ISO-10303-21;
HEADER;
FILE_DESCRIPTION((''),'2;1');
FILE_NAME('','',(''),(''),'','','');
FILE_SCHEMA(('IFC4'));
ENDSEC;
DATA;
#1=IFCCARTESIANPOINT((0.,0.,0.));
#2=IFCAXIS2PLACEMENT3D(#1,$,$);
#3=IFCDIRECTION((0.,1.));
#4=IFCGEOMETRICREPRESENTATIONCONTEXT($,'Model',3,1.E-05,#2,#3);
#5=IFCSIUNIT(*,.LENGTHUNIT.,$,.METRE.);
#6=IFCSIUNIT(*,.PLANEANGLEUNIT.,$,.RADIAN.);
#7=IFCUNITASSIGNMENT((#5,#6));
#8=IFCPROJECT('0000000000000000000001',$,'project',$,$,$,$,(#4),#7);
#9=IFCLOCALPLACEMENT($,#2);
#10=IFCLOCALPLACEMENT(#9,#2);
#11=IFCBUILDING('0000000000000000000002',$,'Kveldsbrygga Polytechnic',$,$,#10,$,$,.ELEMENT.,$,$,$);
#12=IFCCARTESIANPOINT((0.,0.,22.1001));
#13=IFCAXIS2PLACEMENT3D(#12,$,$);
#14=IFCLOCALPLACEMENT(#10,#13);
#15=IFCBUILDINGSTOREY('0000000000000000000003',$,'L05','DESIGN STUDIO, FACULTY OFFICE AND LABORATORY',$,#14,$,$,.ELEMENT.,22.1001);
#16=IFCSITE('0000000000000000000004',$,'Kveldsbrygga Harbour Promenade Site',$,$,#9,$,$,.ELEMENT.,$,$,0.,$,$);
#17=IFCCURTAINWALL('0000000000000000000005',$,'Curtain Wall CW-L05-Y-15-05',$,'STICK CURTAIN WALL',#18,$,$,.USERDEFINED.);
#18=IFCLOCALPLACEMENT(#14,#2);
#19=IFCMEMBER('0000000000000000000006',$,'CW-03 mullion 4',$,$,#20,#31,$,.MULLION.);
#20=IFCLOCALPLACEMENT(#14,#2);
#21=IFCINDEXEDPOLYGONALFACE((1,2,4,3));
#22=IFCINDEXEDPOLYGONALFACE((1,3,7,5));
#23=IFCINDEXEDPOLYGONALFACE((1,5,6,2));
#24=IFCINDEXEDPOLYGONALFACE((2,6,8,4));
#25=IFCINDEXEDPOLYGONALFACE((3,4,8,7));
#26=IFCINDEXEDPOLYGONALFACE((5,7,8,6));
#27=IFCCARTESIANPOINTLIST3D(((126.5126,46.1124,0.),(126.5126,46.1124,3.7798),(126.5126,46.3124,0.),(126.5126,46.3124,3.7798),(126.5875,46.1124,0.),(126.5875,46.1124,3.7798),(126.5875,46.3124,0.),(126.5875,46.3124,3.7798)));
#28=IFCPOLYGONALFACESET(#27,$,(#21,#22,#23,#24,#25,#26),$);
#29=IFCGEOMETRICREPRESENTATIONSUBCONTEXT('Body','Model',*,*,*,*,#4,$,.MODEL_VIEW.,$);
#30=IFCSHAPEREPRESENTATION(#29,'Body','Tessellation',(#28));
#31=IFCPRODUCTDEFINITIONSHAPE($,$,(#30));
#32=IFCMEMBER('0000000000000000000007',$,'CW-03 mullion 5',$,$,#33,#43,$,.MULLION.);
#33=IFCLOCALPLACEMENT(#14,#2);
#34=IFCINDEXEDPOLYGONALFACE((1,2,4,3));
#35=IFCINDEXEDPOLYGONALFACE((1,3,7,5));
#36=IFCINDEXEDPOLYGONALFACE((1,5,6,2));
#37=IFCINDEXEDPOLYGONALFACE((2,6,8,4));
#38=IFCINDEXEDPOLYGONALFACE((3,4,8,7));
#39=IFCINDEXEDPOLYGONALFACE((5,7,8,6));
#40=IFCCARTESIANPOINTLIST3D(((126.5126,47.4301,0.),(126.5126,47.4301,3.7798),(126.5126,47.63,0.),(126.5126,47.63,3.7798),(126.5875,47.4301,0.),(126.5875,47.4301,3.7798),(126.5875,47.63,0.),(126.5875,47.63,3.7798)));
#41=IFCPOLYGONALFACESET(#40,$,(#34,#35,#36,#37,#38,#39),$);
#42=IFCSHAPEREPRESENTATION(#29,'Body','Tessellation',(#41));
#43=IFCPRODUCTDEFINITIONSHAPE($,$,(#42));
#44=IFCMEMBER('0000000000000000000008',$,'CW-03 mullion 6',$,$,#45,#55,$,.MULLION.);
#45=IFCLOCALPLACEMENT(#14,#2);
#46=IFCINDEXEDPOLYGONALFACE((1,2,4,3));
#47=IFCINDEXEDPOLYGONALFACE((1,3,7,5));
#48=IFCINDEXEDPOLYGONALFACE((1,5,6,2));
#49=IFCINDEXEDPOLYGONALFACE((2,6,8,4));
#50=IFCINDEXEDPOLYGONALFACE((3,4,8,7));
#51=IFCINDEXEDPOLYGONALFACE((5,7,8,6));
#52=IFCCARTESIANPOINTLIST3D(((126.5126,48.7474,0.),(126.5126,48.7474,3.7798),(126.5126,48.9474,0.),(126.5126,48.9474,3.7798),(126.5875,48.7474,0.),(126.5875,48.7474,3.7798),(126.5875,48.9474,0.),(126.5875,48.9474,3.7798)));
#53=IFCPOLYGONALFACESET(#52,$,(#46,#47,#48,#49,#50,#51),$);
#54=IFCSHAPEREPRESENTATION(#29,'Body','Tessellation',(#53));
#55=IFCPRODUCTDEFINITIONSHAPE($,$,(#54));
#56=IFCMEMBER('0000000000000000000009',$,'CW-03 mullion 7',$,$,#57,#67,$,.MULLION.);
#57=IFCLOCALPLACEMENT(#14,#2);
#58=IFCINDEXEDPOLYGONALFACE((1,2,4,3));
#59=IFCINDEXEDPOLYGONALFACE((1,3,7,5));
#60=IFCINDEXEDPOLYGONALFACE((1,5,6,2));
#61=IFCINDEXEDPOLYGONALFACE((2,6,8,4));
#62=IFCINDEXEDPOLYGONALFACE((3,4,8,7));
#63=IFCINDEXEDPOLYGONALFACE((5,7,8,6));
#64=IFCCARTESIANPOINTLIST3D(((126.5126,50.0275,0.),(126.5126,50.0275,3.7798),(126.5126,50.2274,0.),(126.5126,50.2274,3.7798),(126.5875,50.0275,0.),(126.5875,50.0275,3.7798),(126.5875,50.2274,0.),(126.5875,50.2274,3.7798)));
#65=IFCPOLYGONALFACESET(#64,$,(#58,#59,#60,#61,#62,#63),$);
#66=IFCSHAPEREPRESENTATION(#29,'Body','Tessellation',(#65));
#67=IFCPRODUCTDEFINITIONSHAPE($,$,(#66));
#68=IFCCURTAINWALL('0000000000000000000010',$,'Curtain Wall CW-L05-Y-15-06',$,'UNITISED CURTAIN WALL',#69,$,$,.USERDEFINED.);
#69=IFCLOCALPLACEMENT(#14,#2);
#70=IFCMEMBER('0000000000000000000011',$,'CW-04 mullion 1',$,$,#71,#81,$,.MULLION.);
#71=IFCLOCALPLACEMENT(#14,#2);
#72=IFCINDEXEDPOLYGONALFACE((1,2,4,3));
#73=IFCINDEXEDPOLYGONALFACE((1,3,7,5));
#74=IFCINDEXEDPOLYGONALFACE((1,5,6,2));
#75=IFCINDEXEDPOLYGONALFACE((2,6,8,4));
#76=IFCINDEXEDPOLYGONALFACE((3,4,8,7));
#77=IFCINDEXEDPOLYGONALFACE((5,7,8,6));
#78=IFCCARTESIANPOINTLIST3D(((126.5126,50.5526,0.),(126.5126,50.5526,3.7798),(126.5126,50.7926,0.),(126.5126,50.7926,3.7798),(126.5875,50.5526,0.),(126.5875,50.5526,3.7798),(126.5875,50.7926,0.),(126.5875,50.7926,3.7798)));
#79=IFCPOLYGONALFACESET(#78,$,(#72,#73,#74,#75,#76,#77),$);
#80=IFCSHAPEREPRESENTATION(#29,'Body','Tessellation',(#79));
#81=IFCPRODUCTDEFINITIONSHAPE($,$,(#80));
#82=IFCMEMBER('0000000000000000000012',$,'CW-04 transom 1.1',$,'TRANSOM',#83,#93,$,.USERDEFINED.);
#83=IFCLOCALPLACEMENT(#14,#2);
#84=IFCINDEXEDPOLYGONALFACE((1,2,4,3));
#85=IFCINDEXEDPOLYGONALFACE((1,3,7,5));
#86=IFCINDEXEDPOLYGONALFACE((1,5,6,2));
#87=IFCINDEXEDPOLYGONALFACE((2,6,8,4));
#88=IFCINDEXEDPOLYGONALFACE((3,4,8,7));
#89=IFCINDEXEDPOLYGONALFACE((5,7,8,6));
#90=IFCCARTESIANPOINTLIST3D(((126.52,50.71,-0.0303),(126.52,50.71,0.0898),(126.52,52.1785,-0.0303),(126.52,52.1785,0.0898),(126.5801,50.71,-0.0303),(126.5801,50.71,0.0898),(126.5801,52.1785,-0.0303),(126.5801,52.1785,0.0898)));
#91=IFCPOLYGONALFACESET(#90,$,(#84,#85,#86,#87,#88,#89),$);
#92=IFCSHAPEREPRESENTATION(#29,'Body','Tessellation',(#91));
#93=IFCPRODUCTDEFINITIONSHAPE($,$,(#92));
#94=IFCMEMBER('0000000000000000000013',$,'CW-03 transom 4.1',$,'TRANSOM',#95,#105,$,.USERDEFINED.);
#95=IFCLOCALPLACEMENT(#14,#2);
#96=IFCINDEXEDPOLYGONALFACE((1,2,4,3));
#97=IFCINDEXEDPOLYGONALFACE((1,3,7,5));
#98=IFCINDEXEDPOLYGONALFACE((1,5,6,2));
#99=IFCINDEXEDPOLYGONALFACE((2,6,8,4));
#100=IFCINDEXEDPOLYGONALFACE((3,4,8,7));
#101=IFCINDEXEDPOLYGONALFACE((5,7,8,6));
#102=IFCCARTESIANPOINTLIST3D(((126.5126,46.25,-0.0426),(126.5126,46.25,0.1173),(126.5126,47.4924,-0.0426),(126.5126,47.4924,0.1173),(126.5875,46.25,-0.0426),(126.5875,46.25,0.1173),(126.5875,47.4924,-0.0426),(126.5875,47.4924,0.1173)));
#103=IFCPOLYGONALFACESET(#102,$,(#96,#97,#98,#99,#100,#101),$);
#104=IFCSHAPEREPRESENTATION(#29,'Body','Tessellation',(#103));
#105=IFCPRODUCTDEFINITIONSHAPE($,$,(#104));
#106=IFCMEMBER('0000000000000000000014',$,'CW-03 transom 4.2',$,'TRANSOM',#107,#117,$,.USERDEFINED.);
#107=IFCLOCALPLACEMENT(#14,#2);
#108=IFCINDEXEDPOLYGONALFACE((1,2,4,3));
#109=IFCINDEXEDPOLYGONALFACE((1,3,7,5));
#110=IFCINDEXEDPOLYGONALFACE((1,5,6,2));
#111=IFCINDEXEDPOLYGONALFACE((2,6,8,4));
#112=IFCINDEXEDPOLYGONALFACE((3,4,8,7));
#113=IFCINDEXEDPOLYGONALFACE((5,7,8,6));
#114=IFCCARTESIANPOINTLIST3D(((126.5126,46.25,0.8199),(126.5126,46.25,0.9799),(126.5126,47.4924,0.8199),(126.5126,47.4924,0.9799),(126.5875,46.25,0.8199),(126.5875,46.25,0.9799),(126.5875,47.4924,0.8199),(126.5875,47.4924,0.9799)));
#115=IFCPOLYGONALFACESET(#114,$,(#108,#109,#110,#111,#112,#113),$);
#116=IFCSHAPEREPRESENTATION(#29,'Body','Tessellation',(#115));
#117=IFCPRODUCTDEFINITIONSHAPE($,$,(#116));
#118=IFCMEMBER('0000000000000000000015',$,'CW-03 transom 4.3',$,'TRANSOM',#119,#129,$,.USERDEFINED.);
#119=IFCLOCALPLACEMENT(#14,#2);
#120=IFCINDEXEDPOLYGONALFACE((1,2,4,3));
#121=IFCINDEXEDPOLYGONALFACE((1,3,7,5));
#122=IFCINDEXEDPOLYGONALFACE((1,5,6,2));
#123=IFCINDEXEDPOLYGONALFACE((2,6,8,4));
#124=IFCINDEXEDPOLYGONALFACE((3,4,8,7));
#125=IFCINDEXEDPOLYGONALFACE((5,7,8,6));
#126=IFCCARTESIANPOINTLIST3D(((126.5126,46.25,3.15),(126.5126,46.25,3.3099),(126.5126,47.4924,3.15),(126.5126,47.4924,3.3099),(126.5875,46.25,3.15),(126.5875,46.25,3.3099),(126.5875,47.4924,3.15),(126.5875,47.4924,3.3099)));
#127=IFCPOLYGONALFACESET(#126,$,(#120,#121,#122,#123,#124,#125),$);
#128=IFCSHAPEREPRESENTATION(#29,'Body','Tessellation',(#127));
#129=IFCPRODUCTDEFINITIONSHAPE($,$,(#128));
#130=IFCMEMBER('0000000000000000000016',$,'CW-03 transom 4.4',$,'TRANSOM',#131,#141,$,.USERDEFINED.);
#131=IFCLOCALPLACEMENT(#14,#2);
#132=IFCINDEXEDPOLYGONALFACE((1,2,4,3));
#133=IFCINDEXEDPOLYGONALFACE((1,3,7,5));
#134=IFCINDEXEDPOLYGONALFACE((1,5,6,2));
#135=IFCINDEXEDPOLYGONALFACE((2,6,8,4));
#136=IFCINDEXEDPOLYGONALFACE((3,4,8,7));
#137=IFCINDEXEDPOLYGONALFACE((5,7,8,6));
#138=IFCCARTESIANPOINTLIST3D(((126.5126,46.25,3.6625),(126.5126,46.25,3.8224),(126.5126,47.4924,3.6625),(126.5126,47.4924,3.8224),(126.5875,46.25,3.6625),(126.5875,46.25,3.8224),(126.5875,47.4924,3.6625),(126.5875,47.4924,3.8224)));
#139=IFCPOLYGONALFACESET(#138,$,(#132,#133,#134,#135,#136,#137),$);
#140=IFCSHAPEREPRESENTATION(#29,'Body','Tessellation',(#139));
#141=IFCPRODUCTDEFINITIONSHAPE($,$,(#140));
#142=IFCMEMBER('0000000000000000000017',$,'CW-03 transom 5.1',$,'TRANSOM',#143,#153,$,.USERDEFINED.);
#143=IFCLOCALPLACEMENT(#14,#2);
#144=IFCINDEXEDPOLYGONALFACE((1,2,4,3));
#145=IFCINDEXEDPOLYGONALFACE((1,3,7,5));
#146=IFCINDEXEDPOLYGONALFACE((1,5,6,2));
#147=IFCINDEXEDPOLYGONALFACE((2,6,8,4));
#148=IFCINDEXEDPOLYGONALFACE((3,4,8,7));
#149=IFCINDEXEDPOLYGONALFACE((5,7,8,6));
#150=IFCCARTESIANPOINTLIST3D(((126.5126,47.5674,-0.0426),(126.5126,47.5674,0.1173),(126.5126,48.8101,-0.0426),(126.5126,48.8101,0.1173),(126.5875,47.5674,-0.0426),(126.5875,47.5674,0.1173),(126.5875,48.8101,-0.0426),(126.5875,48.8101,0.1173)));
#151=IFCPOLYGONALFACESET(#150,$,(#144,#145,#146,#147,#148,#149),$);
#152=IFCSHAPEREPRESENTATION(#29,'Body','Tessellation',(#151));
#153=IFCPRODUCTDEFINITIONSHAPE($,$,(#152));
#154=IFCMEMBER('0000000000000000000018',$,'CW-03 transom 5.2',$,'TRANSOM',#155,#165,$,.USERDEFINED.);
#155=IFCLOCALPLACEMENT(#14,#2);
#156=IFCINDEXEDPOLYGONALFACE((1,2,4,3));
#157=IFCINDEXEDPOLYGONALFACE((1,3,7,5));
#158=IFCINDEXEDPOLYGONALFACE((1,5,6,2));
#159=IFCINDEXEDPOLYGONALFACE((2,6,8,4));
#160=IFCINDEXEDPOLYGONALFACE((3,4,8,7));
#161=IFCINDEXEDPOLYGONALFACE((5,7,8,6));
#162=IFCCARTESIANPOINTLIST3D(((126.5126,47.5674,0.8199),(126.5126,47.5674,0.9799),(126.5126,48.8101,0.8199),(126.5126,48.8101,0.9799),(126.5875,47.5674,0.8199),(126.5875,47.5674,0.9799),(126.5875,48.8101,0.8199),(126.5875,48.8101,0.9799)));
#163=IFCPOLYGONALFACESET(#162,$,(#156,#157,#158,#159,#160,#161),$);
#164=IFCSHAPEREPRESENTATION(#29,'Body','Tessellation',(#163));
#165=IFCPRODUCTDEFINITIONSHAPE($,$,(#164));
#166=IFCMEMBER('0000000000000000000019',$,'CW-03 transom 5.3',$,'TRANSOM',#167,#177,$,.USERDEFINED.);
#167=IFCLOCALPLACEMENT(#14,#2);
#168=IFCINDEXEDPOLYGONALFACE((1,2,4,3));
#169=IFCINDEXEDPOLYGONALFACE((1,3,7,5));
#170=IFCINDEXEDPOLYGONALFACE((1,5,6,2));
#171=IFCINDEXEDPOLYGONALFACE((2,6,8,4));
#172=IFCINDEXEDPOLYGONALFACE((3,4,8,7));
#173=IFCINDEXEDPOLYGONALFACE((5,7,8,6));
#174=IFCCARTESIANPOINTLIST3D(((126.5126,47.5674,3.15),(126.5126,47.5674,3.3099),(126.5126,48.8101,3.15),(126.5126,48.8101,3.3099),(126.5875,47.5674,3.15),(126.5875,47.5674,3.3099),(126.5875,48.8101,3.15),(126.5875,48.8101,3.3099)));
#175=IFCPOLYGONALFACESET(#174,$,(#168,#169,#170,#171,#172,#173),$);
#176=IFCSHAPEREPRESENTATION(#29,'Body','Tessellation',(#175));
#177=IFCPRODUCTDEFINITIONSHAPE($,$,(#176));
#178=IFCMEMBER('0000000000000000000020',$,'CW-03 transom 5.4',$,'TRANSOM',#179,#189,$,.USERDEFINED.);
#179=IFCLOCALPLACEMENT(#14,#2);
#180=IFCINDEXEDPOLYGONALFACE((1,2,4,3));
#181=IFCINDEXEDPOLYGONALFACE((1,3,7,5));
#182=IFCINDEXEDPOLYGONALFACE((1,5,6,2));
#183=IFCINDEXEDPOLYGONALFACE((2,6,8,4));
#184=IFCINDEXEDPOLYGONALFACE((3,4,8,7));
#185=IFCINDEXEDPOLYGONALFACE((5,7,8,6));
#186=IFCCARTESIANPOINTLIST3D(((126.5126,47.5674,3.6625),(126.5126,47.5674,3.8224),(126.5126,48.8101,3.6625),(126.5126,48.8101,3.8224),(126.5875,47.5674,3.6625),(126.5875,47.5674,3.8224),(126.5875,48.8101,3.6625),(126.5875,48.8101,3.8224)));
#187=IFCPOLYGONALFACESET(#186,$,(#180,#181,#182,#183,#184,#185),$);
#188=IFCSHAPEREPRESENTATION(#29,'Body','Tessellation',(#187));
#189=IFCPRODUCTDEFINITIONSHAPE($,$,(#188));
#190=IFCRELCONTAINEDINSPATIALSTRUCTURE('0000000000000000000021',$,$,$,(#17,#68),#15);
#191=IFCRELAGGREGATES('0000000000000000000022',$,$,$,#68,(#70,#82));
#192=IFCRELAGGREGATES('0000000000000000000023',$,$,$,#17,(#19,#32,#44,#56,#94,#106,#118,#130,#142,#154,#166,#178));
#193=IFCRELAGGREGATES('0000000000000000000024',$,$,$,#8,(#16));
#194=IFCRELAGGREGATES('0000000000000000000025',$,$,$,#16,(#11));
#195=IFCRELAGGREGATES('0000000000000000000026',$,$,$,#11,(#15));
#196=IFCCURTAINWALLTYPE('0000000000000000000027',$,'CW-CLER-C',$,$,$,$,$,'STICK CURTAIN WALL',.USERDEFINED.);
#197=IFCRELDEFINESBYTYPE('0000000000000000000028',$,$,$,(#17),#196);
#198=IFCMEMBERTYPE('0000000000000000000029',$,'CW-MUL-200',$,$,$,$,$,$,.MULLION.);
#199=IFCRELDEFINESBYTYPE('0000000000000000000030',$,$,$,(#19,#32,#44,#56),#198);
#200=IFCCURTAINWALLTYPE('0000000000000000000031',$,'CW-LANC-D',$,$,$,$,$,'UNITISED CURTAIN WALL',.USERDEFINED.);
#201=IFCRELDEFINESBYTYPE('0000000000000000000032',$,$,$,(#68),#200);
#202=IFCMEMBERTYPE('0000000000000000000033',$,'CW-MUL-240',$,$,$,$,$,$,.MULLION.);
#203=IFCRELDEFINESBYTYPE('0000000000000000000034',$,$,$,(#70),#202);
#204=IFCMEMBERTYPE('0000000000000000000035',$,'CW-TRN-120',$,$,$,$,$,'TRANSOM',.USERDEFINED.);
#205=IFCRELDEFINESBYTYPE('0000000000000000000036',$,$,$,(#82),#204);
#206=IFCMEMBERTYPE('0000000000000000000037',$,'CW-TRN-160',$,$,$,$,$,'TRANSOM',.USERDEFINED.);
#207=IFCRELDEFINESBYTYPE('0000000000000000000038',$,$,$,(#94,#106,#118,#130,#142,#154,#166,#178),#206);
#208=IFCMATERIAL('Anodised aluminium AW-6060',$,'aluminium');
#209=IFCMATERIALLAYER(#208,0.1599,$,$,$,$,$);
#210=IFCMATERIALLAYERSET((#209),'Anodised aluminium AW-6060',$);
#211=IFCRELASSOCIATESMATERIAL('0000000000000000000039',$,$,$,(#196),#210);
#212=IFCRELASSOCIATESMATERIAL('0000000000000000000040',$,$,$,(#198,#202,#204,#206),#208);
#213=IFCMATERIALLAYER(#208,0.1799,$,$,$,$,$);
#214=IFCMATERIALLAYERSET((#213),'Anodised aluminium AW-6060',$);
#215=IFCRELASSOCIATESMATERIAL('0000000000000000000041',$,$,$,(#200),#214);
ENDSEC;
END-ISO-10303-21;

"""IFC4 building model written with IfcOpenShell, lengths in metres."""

from ifc_helpers import new_model, si_unit, direction, frame, origin, origin_2d, place, context, subcontext, project, spatial, rectangle, extrude, material, layer, layer_set, material_profile, profile_set, type_object, element, aggregate, save


model = new_model("IFC4")

# Units and contexts
model_context = context("Model", 3, precision=1e-05, world=origin(), true_north=direction((0.0, 1.0)))
body_context = subcontext(model_context, "Body", "Model", "MODEL_VIEW")
ifc_project = project(units=[si_unit("LENGTHUNIT", "METRE"), si_unit("PLANEANGLEUNIT", "RADIAN")], contexts=[model_context])

# Site, building, storey
site_placement = place(None, origin())
site = spatial("IfcSite", under=ifc_project, at=site_placement, Name="Kveldsbrygga Harbour Promenade Site", CompositionType="ELEMENT", RefElevation=0.0)
building_placement = place(site_placement, origin())
building = spatial("IfcBuilding", under=site, at=building_placement, Name="Kveldsbrygga Polytechnic", CompositionType="ELEMENT")
storey_placement = place(building_placement, frame((0.0, 0.0, 22.1001)))
storey = spatial("IfcBuildingStorey", under=building, at=storey_placement, Name="L05", Description="DESIGN STUDIO, FACULTY OFFICE AND LABORATORY", CompositionType="ELEMENT", Elevation=22.1001)

# Curtain walls, members
ifc_material_1 = material(Name="Anodised aluminium AW-6060", Category="aluminium")
ifc_layer_1 = layer(ifc_material_1, 0.1599)
ifc_layer_set_1 = layer_set([ifc_layer_1], Name="Anodised aluminium AW-6060")
curtain_wall_type_1 = type_object("IfcCurtainWallType", Name="CW-CLER-C", ElementType="STICK CURTAIN WALL", PredefinedType="USERDEFINED", material=ifc_layer_set_1)
curtain_wall_1_placement = place(storey_placement, origin())
curtain_wall_1 = element("IfcCurtainWall", 1, at=curtain_wall_1_placement, inside=storey, type_object=curtain_wall_type_1, Name="Curtain Wall CW-L05-Y-15-05", ObjectType="STICK CURTAIN WALL", PredefinedType="USERDEFINED")
ifc_material_profile_1 = material_profile(ifc_material_1, rectangle(XDim=0.075, YDim=0.2, at=origin_2d()), Name="ALU 75x200")
ifc_profile_set_1 = profile_set([ifc_material_profile_1], Name="Anodised aluminium AW-6060")
member_type_1 = type_object("IfcMemberType", Name="CW-MUL-200", PredefinedType="MULLION", material=ifc_profile_set_1)
member_1_placement = place(storey_placement, frame((126.55, 46.2124, 0.0), z_axis=(0.0, 0.0, 1.0), x_axis=(-1.0, 0.0, 0.0)))
member_1 = element("IfcMember", 2, at=member_1_placement, type_object=member_type_1, Name="CW-03 mullion 4", PredefinedType="MULLION", context=body_context, shape_type="SweptSolid", body=[
    extrude(rectangle(XDim=0.075, YDim=0.2, at=origin_2d()), origin(), (0.0, 0.0, 1.0), 3.7798),
])
member_2_placement = place(storey_placement, frame((126.55, 47.53, 0.0), z_axis=(0.0, 0.0, 1.0), x_axis=(-1.0, 0.0, 0.0)))
member_2 = element("IfcMember", 3, at=member_2_placement, type_object=member_type_1, Name="CW-03 mullion 5", PredefinedType="MULLION", context=body_context, shape_type="SweptSolid", body=[
    extrude(rectangle(XDim=0.075, YDim=0.2, at=origin_2d()), origin(), (0.0, 0.0, 1.0), 3.7798),
])
member_3_placement = place(storey_placement, frame((126.55, 48.8474, 0.0), z_axis=(0.0, 0.0, 1.0), x_axis=(-1.0, 0.0, 0.0)))
member_3 = element("IfcMember", 4, at=member_3_placement, type_object=member_type_1, Name="CW-03 mullion 6", PredefinedType="MULLION", context=body_context, shape_type="SweptSolid", body=[
    extrude(rectangle(XDim=0.075, YDim=0.2, at=origin_2d()), origin(), (0.0, 0.0, 1.0), 3.7798),
])
member_4_placement = place(storey_placement, frame((126.55, 50.1274, 0.0), z_axis=(0.0, 0.0, 1.0), x_axis=(-1.0, 0.0, 0.0)))
member_4 = element("IfcMember", 5, at=member_4_placement, type_object=member_type_1, Name="CW-03 mullion 7", PredefinedType="MULLION", context=body_context, shape_type="SweptSolid", body=[
    extrude(rectangle(XDim=0.075, YDim=0.2, at=origin_2d()), origin(), (0.0, 0.0, 1.0), 3.7798),
])
ifc_layer_2 = layer(ifc_material_1, 0.1799)
ifc_layer_set_2 = layer_set([ifc_layer_2], Name="Anodised aluminium AW-6060")
curtain_wall_type_2 = type_object("IfcCurtainWallType", Name="CW-LANC-D", ElementType="UNITISED CURTAIN WALL", PredefinedType="USERDEFINED", material=ifc_layer_set_2)
curtain_wall_2_placement = place(storey_placement, origin())
curtain_wall_2 = element("IfcCurtainWall", 6, at=curtain_wall_2_placement, inside=storey, type_object=curtain_wall_type_2, Name="Curtain Wall CW-L05-Y-15-06", ObjectType="UNITISED CURTAIN WALL", PredefinedType="USERDEFINED")
ifc_material_profile_2 = material_profile(ifc_material_1, rectangle(XDim=0.075, YDim=0.24, at=origin_2d()), Name="ALU 75x240")
ifc_profile_set_2 = profile_set([ifc_material_profile_2], Name="Anodised aluminium AW-6060")
member_type_2 = type_object("IfcMemberType", Name="CW-MUL-240", PredefinedType="MULLION", material=ifc_profile_set_2)
member_5_placement = place(storey_placement, frame((126.55, 50.6726, 0.0), z_axis=(0.0, 0.0, 1.0), x_axis=(-1.0, 0.0, 0.0)))
member_5 = element("IfcMember", 7, at=member_5_placement, type_object=member_type_2, Name="CW-04 mullion 1", PredefinedType="MULLION", context=body_context, shape_type="SweptSolid", body=[
    extrude(rectangle(XDim=0.075, YDim=0.24, at=origin_2d()), origin(), (0.0, 0.0, 1.0), 3.7798),
])
ifc_material_profile_3 = material_profile(ifc_material_1, rectangle(XDim=0.0601, YDim=0.1201, at=origin_2d()), Name="ALU 60x120")
ifc_profile_set_3 = profile_set([ifc_material_profile_3], Name="Anodised aluminium AW-6060")
member_type_3 = type_object("IfcMemberType", Name="CW-TRN-120", ElementType="TRANSOM", PredefinedType="USERDEFINED", material=ifc_profile_set_3)
member_6_placement = place(storey_placement, frame((126.55, 50.71, 0.0298), z_axis=(0.0, 1.0, 0.0), x_axis=(-1.0, 0.0, 0.0)))
member_6 = element("IfcMember", 8, at=member_6_placement, type_object=member_type_3, Name="CW-04 transom 1.1", ObjectType="TRANSOM", PredefinedType="USERDEFINED", context=body_context, shape_type="SweptSolid", body=[
    extrude(rectangle(XDim=0.0601, YDim=0.1201, at=origin_2d()), origin(), (0.0, 0.0, 1.0), 1.4685),
])
aggregate(curtain_wall_2, [member_5, member_6])

# Members
ifc_material_profile_4 = material_profile(ifc_material_1, rectangle(XDim=0.075, YDim=0.1599, at=origin_2d()), Name="ALU 75x160")
ifc_profile_set_4 = profile_set([ifc_material_profile_4], Name="Anodised aluminium AW-6060")
member_type_4 = type_object("IfcMemberType", Name="CW-TRN-160", ElementType="TRANSOM", PredefinedType="USERDEFINED", material=ifc_profile_set_4)
member_7_placement = place(storey_placement, frame((126.55, 46.25, 0.0374), z_axis=(0.0, 1.0, 0.0), x_axis=(-1.0, 0.0, 0.0)))
member_7 = element("IfcMember", 9, at=member_7_placement, type_object=member_type_4, Name="CW-03 transom 4.1", ObjectType="TRANSOM", PredefinedType="USERDEFINED", context=body_context, shape_type="SweptSolid", body=[
    extrude(rectangle(XDim=0.075, YDim=0.1599, at=origin_2d()), origin(), (0.0, 0.0, 1.0), 1.2424),
])
member_8_placement = place(storey_placement, frame((126.55, 46.25, 0.8999), z_axis=(0.0, 1.0, 0.0), x_axis=(-1.0, 0.0, 0.0)))
member_8 = element("IfcMember", 10, at=member_8_placement, type_object=member_type_4, Name="CW-03 transom 4.2", ObjectType="TRANSOM", PredefinedType="USERDEFINED", context=body_context, shape_type="SweptSolid", body=[
    extrude(rectangle(XDim=0.075, YDim=0.1599, at=origin_2d()), origin(), (0.0, 0.0, 1.0), 1.2424),
])
member_9_placement = place(storey_placement, frame((126.55, 46.25, 3.23), z_axis=(0.0, 1.0, 0.0), x_axis=(-1.0, 0.0, 0.0)))
member_9 = element("IfcMember", 11, at=member_9_placement, type_object=member_type_4, Name="CW-03 transom 4.3", ObjectType="TRANSOM", PredefinedType="USERDEFINED", context=body_context, shape_type="SweptSolid", body=[
    extrude(rectangle(XDim=0.075, YDim=0.1599, at=origin_2d()), origin(), (0.0, 0.0, 1.0), 1.2424),
])
member_10_placement = place(storey_placement, frame((126.55, 46.25, 3.7424), z_axis=(0.0, 1.0, 0.0), x_axis=(-1.0, 0.0, 0.0)))
member_10 = element("IfcMember", 12, at=member_10_placement, type_object=member_type_4, Name="CW-03 transom 4.4", ObjectType="TRANSOM", PredefinedType="USERDEFINED", context=body_context, shape_type="SweptSolid", body=[
    extrude(rectangle(XDim=0.075, YDim=0.1599, at=origin_2d()), origin(), (0.0, 0.0, 1.0), 1.2424),
])
member_11_placement = place(storey_placement, frame((126.55, 47.5674, 0.0374), z_axis=(0.0, 1.0, 0.0), x_axis=(-1.0, 0.0, 0.0)))
member_11 = element("IfcMember", 13, at=member_11_placement, type_object=member_type_4, Name="CW-03 transom 5.1", ObjectType="TRANSOM", PredefinedType="USERDEFINED", context=body_context, shape_type="SweptSolid", body=[
    extrude(rectangle(XDim=0.075, YDim=0.1599, at=origin_2d()), origin(), (0.0, 0.0, 1.0), 1.2427),
])
member_12_placement = place(storey_placement, frame((126.55, 47.5674, 0.8999), z_axis=(0.0, 1.0, 0.0), x_axis=(-1.0, 0.0, 0.0)))
member_12 = element("IfcMember", 14, at=member_12_placement, type_object=member_type_4, Name="CW-03 transom 5.2", ObjectType="TRANSOM", PredefinedType="USERDEFINED", context=body_context, shape_type="SweptSolid", body=[
    extrude(rectangle(XDim=0.075, YDim=0.1599, at=origin_2d()), origin(), (0.0, 0.0, 1.0), 1.2427),
])
member_13_placement = place(storey_placement, frame((126.55, 47.5674, 3.23), z_axis=(0.0, 1.0, 0.0), x_axis=(-1.0, 0.0, 0.0)))
member_13 = element("IfcMember", 15, at=member_13_placement, type_object=member_type_4, Name="CW-03 transom 5.3", ObjectType="TRANSOM", PredefinedType="USERDEFINED", context=body_context, shape_type="SweptSolid", body=[
    extrude(rectangle(XDim=0.075, YDim=0.1599, at=origin_2d()), origin(), (0.0, 0.0, 1.0), 1.2427),
])
member_14_placement = place(storey_placement, frame((126.55, 47.5674, 3.7424), z_axis=(0.0, 1.0, 0.0), x_axis=(-1.0, 0.0, 0.0)))
member_14 = element("IfcMember", 16, at=member_14_placement, type_object=member_type_4, Name="CW-03 transom 5.4", ObjectType="TRANSOM", PredefinedType="USERDEFINED", context=body_context, shape_type="SweptSolid", body=[
    extrude(rectangle(XDim=0.075, YDim=0.1599, at=origin_2d()), origin(), (0.0, 0.0, 1.0), 1.2427),
])

aggregate(curtain_wall_1, [member_1, member_2, member_3, member_4, member_7, member_8, member_9, member_10, member_11, member_12, member_13, member_14])

save(model, "model.ifc")
